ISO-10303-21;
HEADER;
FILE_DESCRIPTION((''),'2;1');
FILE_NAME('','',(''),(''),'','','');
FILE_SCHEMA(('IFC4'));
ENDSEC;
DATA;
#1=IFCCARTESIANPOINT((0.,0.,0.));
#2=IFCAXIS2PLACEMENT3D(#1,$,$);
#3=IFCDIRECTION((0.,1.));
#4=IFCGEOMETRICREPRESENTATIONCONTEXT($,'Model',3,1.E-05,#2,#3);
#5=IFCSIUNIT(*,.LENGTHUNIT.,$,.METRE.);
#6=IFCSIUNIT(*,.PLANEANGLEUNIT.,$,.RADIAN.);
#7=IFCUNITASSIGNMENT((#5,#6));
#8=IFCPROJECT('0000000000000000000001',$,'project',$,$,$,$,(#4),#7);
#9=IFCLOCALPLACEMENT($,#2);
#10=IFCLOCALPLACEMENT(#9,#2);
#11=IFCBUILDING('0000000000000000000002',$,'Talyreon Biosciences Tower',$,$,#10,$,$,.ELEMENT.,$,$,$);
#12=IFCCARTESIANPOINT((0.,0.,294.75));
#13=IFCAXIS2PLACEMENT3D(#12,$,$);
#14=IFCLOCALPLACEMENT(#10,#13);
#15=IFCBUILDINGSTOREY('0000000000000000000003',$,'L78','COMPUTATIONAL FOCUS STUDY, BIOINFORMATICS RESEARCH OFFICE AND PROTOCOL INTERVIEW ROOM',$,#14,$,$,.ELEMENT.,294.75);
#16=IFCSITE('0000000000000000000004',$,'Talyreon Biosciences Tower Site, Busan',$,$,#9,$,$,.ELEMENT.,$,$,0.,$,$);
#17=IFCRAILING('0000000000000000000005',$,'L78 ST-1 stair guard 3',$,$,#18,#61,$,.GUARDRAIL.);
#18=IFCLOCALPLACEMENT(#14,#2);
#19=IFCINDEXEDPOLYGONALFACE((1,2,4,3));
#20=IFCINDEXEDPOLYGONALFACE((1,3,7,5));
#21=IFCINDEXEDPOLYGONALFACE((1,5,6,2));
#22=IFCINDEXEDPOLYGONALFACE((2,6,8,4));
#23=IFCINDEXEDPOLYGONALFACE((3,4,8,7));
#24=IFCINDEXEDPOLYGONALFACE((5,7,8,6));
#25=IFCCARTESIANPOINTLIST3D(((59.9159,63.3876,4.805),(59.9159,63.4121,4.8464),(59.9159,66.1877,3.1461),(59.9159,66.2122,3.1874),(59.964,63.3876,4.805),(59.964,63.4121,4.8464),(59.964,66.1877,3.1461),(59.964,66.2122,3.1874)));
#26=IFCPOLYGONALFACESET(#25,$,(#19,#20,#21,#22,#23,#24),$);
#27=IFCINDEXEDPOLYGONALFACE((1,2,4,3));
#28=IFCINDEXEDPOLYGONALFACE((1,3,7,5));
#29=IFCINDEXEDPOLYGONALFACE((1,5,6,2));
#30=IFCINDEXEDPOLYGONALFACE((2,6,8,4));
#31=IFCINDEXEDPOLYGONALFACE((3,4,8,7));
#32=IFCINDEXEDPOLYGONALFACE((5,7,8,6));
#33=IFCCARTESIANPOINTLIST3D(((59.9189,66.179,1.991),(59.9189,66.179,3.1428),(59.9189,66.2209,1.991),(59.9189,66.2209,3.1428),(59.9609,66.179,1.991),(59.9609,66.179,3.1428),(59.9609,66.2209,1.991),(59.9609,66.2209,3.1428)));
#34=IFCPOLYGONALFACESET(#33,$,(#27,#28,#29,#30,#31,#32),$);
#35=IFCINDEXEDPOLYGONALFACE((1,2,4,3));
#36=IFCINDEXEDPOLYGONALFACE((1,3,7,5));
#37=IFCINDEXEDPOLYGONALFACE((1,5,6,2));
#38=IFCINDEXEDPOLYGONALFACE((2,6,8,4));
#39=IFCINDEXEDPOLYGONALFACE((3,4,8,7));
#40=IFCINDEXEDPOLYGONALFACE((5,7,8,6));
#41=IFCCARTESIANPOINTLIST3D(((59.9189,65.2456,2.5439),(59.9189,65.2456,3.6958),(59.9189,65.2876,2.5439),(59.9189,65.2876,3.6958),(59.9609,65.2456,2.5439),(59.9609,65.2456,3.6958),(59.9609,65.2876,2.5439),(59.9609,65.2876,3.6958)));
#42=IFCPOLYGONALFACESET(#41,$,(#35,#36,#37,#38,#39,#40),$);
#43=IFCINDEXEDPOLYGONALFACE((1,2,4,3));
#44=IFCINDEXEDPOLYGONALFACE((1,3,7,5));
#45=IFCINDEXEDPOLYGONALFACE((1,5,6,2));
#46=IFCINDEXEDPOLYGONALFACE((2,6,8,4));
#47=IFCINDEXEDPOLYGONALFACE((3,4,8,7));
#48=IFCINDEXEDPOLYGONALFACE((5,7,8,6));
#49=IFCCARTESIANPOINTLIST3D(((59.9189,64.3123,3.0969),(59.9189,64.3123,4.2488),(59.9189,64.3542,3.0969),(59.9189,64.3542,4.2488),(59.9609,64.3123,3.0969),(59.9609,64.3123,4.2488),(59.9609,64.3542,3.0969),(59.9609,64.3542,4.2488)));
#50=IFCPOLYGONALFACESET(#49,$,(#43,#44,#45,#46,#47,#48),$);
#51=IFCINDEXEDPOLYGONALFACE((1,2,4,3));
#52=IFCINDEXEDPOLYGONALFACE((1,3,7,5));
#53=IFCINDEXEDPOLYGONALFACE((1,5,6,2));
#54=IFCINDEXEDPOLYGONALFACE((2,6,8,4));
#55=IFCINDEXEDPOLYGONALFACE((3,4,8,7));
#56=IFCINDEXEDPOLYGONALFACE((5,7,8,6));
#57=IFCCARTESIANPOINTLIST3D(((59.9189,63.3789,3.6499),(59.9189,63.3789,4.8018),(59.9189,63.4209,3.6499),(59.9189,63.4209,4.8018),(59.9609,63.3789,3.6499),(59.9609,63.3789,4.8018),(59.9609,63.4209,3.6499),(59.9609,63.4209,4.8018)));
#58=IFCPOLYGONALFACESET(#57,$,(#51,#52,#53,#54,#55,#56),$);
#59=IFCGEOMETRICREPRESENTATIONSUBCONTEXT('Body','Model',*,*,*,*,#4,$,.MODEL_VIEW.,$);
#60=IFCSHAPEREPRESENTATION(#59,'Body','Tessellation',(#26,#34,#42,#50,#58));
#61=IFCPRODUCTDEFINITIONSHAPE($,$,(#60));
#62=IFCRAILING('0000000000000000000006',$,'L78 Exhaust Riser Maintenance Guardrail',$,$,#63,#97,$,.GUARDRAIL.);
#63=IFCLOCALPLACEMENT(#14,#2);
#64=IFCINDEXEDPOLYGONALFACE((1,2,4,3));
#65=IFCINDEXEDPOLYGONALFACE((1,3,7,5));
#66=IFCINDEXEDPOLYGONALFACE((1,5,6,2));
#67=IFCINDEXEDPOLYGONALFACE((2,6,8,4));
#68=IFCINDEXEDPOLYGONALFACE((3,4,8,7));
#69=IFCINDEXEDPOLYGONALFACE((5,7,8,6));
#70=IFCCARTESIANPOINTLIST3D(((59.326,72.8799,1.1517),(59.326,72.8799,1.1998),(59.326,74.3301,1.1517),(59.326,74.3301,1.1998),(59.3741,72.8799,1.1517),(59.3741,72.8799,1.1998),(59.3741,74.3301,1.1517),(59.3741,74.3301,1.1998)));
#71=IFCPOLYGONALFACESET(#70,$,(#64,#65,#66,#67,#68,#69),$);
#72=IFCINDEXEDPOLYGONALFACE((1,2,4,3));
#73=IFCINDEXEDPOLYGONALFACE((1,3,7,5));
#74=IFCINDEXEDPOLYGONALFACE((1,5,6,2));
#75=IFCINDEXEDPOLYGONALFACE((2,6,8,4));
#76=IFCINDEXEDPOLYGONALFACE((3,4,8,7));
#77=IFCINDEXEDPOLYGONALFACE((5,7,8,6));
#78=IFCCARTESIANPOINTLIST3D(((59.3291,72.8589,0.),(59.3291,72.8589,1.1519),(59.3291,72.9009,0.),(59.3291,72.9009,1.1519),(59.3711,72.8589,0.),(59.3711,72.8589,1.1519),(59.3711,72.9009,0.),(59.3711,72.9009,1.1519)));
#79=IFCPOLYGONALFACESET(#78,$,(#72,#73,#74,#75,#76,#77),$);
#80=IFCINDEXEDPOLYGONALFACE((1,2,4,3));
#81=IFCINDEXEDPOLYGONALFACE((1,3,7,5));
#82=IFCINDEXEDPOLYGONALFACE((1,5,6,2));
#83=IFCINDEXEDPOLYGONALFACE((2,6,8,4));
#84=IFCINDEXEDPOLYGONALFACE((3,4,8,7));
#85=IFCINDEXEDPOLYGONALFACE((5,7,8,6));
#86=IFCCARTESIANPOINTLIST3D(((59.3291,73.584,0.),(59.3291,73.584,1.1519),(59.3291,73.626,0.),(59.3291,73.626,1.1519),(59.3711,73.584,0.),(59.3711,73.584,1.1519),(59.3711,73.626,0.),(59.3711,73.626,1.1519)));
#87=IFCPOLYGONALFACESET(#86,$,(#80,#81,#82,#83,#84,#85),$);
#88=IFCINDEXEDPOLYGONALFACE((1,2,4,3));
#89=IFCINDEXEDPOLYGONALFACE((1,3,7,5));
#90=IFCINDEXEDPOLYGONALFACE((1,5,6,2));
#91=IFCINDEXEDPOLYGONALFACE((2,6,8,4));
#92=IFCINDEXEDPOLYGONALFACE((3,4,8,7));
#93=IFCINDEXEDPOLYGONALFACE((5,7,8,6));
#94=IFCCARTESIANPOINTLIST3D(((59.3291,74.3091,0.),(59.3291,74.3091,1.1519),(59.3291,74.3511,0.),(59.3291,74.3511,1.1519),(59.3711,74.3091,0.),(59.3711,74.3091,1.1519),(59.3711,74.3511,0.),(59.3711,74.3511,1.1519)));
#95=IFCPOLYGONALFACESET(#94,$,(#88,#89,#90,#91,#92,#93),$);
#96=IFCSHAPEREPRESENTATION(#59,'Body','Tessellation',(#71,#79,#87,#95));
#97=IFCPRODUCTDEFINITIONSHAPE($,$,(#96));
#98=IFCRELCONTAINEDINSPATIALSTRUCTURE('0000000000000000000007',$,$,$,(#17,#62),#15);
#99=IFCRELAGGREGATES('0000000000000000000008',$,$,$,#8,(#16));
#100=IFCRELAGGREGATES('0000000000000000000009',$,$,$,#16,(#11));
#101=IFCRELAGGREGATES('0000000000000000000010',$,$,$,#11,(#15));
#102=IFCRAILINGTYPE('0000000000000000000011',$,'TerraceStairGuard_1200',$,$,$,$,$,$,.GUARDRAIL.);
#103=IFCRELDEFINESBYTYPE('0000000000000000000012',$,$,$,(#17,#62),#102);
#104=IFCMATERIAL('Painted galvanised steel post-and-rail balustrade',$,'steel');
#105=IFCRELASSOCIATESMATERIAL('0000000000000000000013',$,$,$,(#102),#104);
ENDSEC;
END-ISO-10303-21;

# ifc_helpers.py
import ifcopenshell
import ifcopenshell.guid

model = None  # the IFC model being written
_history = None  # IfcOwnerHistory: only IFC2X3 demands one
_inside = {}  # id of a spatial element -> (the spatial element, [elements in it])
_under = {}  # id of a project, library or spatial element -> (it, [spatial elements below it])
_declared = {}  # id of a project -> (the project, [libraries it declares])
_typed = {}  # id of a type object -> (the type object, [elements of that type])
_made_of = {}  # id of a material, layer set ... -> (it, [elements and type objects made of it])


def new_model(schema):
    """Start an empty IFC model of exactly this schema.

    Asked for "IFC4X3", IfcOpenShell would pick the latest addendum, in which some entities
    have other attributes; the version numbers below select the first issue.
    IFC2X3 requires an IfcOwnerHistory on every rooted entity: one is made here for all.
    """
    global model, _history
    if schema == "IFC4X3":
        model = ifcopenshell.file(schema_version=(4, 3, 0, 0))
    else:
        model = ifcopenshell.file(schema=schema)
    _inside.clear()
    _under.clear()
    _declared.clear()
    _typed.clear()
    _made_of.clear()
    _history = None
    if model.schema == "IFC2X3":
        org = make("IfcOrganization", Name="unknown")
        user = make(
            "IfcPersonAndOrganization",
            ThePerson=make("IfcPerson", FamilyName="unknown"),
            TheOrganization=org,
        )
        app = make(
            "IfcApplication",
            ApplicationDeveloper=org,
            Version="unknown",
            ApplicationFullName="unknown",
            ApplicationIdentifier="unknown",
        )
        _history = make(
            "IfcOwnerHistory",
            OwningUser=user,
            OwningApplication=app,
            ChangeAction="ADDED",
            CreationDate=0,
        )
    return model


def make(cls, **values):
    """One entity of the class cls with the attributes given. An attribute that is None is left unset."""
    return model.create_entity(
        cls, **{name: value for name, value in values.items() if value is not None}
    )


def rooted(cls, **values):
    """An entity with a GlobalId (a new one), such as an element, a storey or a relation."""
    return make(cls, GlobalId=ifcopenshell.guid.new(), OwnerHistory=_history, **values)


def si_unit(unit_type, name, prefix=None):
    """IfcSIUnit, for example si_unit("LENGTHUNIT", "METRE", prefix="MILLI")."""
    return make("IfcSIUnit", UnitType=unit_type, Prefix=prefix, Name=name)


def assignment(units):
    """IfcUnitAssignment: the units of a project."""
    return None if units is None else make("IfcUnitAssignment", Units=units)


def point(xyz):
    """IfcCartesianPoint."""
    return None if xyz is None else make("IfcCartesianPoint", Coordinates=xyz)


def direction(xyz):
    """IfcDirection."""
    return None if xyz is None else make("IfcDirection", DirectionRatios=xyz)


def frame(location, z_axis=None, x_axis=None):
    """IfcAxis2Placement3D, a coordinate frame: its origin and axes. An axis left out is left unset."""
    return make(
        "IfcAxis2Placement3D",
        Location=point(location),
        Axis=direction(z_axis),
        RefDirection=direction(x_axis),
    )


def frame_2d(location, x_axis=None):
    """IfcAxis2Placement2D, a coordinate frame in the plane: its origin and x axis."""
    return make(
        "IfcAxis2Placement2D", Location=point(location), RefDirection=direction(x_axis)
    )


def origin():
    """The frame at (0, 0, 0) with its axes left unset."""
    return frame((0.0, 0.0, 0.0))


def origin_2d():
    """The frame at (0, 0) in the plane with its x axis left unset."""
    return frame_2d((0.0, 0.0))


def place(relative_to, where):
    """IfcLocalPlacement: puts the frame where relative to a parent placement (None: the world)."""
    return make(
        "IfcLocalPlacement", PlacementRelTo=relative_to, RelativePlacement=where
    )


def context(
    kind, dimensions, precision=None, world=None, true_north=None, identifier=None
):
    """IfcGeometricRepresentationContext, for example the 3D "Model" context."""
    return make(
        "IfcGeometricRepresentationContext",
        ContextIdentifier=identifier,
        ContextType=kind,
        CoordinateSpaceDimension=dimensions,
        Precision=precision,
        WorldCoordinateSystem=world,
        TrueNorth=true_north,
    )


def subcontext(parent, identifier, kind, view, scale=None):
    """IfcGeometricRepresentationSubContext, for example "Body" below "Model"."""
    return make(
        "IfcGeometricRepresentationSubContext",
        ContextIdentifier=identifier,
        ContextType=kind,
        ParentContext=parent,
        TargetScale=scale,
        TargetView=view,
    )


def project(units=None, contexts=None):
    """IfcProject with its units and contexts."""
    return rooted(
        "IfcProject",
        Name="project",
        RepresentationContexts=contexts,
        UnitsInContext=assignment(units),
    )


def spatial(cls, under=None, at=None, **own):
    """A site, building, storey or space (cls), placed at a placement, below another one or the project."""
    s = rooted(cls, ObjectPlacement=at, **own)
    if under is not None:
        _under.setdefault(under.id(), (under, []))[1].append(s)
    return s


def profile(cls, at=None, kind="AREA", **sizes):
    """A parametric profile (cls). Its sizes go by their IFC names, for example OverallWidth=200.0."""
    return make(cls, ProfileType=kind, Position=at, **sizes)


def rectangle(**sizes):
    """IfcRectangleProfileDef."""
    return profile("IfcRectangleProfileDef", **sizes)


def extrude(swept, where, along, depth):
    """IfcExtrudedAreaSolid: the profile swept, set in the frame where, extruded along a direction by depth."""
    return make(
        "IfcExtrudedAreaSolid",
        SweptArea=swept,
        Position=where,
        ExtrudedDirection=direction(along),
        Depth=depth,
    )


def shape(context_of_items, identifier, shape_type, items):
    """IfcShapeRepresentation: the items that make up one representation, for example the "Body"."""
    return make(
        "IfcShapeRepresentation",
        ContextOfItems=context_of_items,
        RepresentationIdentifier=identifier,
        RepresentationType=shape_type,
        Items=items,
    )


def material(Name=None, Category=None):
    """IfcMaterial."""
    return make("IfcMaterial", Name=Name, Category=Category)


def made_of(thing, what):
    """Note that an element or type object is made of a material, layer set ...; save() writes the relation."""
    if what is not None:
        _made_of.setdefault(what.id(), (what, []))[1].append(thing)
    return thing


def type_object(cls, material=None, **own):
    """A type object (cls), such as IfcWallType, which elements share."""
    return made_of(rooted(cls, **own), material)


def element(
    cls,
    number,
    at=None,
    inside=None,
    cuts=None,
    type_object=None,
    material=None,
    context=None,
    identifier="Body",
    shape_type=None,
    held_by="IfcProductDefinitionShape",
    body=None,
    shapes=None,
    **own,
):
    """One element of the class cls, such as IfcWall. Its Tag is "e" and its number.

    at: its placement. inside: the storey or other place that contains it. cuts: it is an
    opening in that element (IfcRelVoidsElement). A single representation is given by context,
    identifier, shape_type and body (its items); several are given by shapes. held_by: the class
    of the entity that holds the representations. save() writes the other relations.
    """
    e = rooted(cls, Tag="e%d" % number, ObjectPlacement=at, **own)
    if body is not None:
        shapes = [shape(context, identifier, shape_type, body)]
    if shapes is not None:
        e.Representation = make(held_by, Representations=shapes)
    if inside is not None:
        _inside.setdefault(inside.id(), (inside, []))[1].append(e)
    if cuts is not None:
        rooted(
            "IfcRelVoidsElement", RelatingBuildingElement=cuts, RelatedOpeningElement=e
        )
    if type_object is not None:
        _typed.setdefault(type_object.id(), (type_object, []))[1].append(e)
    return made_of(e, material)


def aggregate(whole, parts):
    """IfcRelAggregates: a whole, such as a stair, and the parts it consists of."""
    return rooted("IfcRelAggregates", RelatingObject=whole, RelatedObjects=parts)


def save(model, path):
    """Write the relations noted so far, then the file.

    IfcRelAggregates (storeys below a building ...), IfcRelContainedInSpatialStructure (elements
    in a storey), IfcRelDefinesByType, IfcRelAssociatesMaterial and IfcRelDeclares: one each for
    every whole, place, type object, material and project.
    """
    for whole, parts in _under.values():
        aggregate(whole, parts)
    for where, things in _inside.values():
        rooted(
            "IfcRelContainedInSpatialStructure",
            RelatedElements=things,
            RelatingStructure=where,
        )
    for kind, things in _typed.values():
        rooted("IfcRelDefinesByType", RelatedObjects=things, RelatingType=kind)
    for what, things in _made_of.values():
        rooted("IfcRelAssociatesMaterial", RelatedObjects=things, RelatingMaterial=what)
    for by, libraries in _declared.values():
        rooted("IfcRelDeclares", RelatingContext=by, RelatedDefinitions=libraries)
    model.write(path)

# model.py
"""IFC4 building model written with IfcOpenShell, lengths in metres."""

from ifc_helpers import new_model, si_unit, direction, frame, origin, origin_2d, place, context, subcontext, project, spatial, rectangle, extrude, material, type_object, element, save


model = new_model("IFC4")

# Units and contexts
model_context = context("Model", 3, precision=1e-05, world=origin(), true_north=direction((0.0, 1.0)))
body_context = subcontext(model_context, "Body", "Model", "MODEL_VIEW")
ifc_project = project(units=[si_unit("LENGTHUNIT", "METRE"), si_unit("PLANEANGLEUNIT", "RADIAN")], contexts=[model_context])

# Site, building, storey
site_placement = place(None, origin())
site = spatial("IfcSite", under=ifc_project, at=site_placement, Name="Talyreon Biosciences Tower Site, Busan", CompositionType="ELEMENT", RefElevation=0.0)
building_placement = place(site_placement, origin())
building = spatial("IfcBuilding", under=site, at=building_placement, Name="Talyreon Biosciences Tower", CompositionType="ELEMENT")
storey_placement = place(building_placement, frame((0.0, 0.0, 294.75)))
storey = spatial("IfcBuildingStorey", under=building, at=storey_placement, Name="L78", Description="COMPUTATIONAL FOCUS STUDY, BIOINFORMATICS RESEARCH OFFICE AND PROTOCOL INTERVIEW ROOM", CompositionType="ELEMENT", Elevation=294.75)

# Railings
ifc_material_1 = material(Name="Painted galvanised steel post-and-rail balustrade", Category="steel")
railing_type_1 = type_object("IfcRailingType", Name="TerraceStairGuard_1200", PredefinedType="GUARDRAIL", material=ifc_material_1)
railing_1_placement = place(storey_placement, frame((59.9399, 66.2, 1.991)))
element("IfcRailing", 1, at=railing_1_placement, inside=storey, type_object=railing_type_1, Name="L78 ST-1 stair guard 3", PredefinedType="GUARDRAIL", context=body_context, shape_type="SweptSolid", body=[
    extrude(rectangle(XDim=0.0481, YDim=0.0481, at=origin_2d()), frame((0.0, 0.0, 1.1758), z_axis=(0.0, -0.860339, 0.509722), x_axis=(1.0, 0.0, 0.0)), (0.0, 0.0, 1.0), 3.2546),
    extrude(rectangle(XDim=0.042, YDim=0.042, at=origin_2d()), origin(), (0.0, 0.0, 1.0), 1.1519),
    extrude(rectangle(XDim=0.042, YDim=0.042, at=origin_2d()), frame((0.0, -0.9333, 0.553)), (0.0, 0.0, 1.0), 1.1519),
    extrude(rectangle(XDim=0.042, YDim=0.042, at=origin_2d()), frame((0.0, -1.8667, 1.106)), (0.0, 0.0, 1.0), 1.1519),
    extrude(rectangle(XDim=0.042, YDim=0.042, at=origin_2d()), frame((0.0, -2.8, 1.6589)), (0.0, 0.0, 1.0), 1.1519),
])
railing_2_placement = place(storey_placement, frame((59.3501, 72.8799, 0.0)))
element("IfcRailing", 2, at=railing_2_placement, inside=storey, type_object=railing_type_1, Name="L78 Exhaust Riser Maintenance Guardrail", PredefinedType="GUARDRAIL", context=body_context, shape_type="SweptSolid", body=[
    extrude(rectangle(XDim=0.0481, YDim=0.0481, at=origin_2d()), frame((0.0, 0.0, 1.1758), z_axis=(0.0, 1.0, 0.0), x_axis=(-1.0, 0.0, 0.0)), (0.0, 0.0, 1.0), 1.4502),
    extrude(rectangle(XDim=0.042, YDim=0.042, at=origin_2d()), origin(), (0.0, 0.0, 1.0), 1.1519),
    extrude(rectangle(XDim=0.042, YDim=0.042, at=origin_2d()), frame((0.0, 0.7251, 0.0)), (0.0, 0.0, 1.0), 1.1519),
    extrude(rectangle(XDim=0.042, YDim=0.042, at=origin_2d()), frame((0.0, 1.4502, 0.0)), (0.0, 0.0, 1.0), 1.1519),
])

save(model, "model.ifc")
